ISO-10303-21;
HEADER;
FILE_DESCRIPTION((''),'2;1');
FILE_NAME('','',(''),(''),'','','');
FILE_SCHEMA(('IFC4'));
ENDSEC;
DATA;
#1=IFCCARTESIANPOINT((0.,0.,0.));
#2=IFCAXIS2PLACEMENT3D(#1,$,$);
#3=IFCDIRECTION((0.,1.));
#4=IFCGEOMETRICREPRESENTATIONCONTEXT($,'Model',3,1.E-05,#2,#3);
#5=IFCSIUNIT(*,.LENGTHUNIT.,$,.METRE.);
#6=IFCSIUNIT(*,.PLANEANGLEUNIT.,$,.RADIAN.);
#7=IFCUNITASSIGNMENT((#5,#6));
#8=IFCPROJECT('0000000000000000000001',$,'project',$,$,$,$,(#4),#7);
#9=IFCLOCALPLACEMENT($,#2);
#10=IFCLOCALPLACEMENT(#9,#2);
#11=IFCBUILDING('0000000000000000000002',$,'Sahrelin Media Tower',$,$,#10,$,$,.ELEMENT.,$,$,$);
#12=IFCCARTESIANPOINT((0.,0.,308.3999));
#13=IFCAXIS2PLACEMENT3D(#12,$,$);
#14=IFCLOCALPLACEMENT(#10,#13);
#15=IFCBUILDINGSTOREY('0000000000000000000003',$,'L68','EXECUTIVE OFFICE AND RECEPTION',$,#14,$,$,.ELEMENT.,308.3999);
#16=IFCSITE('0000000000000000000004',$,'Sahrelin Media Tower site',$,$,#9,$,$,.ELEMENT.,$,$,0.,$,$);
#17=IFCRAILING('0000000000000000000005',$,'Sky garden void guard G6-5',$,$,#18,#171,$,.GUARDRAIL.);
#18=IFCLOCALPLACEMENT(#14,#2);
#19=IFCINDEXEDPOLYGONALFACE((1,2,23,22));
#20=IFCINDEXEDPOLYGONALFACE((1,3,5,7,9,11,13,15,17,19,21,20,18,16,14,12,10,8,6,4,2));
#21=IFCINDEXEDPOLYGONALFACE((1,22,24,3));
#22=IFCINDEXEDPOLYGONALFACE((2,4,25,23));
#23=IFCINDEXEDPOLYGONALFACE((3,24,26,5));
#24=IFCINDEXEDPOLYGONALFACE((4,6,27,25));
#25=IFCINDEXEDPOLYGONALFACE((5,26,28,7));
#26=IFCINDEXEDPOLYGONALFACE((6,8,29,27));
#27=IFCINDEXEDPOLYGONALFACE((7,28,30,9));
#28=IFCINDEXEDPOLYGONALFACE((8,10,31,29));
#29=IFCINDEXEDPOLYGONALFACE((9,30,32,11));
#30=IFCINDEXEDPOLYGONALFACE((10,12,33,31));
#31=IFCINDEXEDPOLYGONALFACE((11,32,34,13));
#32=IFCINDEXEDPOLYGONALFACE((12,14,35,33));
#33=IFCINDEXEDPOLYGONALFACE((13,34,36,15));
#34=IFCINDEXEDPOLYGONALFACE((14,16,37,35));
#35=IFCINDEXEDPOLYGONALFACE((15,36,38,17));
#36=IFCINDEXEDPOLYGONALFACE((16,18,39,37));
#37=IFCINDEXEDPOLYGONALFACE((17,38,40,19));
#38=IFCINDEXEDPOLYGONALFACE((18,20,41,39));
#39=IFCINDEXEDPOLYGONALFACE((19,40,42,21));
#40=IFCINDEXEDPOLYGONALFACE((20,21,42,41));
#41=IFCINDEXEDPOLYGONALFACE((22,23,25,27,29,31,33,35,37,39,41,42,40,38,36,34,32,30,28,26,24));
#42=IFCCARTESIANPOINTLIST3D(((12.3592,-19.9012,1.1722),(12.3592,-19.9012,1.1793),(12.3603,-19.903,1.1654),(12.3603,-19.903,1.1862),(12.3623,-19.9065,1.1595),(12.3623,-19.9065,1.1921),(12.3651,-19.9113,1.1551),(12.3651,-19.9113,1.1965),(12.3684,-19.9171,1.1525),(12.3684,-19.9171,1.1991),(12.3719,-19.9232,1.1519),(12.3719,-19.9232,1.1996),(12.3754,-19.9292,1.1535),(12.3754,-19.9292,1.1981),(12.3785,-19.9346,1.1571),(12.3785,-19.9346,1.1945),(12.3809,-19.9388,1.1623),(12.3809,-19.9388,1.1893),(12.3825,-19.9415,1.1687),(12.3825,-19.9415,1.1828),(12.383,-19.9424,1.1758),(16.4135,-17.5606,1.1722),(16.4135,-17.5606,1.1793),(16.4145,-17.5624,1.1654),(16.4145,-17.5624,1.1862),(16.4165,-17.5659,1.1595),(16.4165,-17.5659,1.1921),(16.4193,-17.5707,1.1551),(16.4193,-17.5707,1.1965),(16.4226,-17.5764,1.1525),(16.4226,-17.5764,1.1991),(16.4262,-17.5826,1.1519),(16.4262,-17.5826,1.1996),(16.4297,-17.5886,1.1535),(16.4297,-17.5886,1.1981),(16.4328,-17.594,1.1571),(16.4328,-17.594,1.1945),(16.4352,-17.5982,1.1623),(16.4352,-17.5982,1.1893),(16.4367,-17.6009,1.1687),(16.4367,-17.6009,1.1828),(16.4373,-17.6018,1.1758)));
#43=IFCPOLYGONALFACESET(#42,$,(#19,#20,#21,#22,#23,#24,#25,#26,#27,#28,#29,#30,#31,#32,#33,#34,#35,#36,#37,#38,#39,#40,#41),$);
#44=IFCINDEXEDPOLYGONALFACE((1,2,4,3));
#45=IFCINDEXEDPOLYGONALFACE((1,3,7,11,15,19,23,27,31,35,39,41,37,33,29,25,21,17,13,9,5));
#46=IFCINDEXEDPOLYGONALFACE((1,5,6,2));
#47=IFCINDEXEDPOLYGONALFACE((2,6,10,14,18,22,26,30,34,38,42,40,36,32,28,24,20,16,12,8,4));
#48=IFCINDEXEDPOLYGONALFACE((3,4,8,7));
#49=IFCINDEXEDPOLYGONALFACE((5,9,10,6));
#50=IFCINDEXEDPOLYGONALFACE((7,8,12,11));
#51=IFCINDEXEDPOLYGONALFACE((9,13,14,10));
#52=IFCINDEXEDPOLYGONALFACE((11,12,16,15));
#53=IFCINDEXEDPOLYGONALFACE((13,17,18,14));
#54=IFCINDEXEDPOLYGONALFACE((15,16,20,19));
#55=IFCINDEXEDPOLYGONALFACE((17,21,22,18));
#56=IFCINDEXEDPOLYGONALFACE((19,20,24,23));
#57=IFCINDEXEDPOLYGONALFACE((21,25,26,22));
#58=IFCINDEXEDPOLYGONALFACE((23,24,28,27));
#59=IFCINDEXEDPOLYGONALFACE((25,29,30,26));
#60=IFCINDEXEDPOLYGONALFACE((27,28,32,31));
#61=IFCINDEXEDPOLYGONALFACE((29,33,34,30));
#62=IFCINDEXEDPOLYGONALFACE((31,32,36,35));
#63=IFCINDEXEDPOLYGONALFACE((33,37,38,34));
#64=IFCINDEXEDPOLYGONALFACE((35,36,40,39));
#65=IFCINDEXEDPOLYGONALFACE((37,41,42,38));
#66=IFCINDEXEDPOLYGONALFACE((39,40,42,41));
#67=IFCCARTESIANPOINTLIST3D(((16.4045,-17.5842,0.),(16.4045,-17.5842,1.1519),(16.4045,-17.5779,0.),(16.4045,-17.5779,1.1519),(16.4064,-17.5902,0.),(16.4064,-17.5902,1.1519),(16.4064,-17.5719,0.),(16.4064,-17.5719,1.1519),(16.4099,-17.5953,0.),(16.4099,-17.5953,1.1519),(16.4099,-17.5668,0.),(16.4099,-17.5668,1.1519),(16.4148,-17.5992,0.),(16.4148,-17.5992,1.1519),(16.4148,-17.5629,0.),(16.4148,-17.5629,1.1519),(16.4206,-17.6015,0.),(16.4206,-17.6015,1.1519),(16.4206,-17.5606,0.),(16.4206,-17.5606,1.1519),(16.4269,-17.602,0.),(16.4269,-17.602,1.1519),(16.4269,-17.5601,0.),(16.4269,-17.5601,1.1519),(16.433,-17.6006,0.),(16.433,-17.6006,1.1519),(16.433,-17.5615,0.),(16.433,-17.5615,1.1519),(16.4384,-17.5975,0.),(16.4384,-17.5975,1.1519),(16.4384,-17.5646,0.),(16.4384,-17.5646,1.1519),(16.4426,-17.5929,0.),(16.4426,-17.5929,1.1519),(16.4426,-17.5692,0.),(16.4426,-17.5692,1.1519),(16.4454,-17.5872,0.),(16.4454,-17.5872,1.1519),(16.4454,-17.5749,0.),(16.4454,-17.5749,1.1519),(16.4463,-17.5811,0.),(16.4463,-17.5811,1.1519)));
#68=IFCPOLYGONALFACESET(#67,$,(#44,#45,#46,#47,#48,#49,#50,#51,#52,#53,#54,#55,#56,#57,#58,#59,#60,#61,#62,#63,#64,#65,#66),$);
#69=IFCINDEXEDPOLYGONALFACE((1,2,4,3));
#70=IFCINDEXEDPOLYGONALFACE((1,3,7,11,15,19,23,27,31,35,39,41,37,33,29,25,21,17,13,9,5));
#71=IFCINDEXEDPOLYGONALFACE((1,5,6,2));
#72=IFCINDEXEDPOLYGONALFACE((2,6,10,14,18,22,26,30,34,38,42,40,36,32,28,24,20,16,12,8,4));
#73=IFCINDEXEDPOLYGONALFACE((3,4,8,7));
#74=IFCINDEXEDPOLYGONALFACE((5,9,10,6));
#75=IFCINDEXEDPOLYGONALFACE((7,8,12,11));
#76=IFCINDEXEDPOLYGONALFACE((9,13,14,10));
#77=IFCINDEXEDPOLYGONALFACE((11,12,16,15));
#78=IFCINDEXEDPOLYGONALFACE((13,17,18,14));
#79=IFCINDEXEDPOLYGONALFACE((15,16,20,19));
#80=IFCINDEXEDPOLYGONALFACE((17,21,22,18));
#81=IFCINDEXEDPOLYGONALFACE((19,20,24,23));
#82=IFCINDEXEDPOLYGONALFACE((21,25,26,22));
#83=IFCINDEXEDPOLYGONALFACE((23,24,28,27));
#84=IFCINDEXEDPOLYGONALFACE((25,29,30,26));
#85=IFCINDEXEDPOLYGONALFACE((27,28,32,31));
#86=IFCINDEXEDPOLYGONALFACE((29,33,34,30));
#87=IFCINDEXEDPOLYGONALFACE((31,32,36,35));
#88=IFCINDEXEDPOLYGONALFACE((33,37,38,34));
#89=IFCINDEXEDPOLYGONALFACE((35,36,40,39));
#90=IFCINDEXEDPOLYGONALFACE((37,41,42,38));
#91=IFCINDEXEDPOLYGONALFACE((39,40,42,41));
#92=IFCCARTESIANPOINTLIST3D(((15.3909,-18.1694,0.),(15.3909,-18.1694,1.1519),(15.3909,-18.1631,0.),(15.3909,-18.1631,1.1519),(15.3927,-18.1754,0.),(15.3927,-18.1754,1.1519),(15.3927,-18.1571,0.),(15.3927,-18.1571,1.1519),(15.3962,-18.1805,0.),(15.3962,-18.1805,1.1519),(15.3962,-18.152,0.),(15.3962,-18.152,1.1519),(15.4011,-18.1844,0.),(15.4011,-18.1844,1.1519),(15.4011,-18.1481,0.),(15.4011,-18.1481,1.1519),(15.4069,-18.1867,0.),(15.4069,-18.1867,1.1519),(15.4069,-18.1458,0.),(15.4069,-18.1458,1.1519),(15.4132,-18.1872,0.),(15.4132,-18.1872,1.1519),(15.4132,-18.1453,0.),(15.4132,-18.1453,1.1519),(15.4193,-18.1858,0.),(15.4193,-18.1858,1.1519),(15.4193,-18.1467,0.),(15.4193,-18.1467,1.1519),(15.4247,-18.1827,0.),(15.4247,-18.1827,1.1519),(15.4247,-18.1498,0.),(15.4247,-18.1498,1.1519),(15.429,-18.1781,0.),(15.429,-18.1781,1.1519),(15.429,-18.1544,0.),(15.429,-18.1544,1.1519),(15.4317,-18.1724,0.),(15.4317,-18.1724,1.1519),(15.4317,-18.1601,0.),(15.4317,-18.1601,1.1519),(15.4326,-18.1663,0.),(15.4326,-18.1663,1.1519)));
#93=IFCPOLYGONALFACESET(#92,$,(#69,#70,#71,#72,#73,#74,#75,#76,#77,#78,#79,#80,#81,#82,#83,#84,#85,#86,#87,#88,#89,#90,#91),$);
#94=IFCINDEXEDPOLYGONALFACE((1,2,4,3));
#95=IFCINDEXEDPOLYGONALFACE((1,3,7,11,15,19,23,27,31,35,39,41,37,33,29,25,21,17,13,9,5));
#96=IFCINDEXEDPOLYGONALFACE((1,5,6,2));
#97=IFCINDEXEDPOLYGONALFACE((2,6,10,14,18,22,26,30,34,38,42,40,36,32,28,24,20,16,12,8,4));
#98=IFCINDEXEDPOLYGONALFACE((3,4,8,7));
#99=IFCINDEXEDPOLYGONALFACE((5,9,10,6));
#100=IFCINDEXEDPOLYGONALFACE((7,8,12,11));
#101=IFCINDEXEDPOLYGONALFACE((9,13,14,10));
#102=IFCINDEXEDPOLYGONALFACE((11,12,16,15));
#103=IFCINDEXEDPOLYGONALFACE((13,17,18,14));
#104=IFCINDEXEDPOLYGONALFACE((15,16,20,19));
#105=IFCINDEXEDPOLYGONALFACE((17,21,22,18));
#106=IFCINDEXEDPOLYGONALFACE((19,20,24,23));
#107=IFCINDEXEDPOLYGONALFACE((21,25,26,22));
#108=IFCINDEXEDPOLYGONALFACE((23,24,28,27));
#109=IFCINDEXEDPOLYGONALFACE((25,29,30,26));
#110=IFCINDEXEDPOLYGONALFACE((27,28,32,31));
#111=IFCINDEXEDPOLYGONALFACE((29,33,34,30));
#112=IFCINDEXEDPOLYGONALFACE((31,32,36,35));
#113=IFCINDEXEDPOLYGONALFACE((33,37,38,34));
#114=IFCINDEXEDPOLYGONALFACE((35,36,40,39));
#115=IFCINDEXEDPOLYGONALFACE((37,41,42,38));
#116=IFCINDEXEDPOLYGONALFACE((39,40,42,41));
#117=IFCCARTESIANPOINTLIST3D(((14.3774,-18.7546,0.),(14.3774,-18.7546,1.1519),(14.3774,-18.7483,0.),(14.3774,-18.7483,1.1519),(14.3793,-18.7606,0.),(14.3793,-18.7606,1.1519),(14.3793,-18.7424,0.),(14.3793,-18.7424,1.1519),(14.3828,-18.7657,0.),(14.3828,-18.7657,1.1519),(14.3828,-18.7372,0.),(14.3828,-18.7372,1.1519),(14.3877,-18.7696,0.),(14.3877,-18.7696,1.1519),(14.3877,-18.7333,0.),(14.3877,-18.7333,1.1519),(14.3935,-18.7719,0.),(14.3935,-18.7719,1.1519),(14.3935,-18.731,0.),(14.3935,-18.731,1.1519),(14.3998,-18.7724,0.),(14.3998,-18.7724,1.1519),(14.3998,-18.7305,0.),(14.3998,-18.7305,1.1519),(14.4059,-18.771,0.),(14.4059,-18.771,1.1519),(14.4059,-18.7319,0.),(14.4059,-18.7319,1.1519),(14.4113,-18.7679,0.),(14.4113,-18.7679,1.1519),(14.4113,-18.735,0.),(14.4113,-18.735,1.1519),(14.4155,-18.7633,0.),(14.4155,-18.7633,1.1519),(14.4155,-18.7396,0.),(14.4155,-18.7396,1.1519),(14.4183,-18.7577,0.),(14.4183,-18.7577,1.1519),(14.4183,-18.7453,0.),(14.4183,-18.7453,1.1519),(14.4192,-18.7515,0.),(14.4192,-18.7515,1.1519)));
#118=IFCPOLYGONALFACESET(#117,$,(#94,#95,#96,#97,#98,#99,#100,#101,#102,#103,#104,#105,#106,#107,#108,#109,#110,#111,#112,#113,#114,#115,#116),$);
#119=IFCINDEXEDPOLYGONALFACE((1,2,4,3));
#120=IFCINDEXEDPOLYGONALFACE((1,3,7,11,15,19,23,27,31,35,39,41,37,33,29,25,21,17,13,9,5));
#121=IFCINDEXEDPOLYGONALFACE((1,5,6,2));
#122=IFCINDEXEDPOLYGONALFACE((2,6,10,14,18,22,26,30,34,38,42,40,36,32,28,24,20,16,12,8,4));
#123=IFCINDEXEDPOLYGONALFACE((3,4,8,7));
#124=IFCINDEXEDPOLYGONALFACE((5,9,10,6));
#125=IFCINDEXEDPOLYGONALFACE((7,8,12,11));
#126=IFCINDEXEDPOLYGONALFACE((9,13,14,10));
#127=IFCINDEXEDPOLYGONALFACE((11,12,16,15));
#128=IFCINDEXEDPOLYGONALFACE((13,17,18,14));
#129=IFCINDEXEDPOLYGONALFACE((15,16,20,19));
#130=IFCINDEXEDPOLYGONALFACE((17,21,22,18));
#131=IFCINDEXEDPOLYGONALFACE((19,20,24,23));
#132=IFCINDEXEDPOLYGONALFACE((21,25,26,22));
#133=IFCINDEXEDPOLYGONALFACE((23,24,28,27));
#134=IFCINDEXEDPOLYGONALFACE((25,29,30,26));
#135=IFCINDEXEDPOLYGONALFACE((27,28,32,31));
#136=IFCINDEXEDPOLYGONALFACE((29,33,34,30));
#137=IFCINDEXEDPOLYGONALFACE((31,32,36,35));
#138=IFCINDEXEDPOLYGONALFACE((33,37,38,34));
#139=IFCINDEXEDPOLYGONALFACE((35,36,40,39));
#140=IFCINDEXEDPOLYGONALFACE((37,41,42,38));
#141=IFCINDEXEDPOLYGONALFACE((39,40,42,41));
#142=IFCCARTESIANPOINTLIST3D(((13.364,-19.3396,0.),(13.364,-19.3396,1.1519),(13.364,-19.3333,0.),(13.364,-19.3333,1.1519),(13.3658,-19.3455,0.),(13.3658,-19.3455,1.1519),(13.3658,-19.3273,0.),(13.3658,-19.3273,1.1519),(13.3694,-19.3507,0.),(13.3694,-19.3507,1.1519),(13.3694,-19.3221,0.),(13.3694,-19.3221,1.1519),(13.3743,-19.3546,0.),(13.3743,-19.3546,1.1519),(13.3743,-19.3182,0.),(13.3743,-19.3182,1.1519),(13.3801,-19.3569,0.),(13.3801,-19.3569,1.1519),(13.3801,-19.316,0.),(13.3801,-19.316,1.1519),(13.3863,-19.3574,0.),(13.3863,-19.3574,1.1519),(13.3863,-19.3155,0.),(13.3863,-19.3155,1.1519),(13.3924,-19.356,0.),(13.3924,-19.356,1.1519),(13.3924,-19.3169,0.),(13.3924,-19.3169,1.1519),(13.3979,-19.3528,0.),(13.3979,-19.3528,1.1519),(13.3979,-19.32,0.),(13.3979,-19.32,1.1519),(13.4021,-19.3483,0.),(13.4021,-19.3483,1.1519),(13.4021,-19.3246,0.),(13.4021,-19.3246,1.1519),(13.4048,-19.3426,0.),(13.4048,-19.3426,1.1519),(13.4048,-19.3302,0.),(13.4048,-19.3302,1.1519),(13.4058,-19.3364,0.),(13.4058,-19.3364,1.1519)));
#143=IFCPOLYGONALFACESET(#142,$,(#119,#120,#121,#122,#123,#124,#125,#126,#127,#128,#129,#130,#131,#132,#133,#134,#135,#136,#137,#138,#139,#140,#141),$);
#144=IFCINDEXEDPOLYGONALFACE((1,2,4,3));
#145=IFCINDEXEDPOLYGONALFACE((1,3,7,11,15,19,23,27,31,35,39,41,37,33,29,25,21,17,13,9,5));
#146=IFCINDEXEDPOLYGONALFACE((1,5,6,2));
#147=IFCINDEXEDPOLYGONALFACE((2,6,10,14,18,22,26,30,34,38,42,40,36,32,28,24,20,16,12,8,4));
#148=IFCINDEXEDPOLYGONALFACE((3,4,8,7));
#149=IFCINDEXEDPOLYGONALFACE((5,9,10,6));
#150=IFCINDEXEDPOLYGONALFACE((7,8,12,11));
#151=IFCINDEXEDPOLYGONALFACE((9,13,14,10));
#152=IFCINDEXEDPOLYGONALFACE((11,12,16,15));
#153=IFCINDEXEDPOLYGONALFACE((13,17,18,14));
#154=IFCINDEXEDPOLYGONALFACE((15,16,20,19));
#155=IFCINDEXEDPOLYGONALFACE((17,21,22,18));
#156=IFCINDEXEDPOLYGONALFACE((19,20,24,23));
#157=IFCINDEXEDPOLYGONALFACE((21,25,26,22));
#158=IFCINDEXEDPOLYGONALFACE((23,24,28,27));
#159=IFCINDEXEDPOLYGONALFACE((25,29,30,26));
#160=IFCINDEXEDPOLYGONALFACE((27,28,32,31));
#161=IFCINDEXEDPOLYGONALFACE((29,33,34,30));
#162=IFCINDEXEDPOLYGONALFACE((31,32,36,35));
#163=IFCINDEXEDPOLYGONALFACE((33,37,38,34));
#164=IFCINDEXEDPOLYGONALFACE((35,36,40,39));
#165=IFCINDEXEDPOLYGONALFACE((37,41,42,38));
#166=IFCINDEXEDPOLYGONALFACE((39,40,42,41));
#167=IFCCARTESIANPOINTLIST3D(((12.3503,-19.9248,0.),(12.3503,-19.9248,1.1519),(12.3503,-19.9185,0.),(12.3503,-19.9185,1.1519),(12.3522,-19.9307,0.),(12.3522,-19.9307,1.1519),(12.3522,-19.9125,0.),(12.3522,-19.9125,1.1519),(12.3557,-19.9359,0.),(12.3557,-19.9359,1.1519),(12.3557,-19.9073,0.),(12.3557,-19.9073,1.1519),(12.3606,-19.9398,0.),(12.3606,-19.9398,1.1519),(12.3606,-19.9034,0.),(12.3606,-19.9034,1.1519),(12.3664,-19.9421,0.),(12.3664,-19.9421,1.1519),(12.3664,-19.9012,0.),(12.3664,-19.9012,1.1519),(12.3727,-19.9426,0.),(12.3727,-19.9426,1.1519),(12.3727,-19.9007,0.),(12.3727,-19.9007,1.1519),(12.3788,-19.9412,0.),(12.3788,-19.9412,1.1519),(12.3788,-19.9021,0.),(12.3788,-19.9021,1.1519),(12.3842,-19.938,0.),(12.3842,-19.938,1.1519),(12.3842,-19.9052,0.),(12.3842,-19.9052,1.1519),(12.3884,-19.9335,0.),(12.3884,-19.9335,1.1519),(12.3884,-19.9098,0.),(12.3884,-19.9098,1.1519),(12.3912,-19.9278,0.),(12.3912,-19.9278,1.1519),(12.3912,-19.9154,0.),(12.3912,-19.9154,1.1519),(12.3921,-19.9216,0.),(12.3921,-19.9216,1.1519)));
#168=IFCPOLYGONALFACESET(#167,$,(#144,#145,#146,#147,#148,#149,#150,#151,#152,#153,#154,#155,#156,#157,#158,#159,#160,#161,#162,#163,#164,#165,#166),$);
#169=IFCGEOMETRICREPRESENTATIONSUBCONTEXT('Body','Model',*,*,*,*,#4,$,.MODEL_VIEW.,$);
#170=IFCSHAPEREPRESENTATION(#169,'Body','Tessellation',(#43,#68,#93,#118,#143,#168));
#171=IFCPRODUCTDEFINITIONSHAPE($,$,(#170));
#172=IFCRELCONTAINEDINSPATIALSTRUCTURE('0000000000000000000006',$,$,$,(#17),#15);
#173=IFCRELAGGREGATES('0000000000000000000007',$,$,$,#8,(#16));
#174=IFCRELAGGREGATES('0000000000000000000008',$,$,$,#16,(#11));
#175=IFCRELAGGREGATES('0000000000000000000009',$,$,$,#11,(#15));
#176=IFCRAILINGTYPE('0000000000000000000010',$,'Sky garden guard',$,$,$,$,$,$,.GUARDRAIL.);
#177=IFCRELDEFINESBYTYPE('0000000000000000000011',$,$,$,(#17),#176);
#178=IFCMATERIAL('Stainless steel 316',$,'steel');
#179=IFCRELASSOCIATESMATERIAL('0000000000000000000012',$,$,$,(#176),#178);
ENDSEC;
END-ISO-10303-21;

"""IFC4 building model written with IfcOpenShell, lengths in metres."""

from ifc_helpers import new_model, si_unit, direction, frame, origin, origin_2d, place, context, subcontext, project, spatial, circle, extrude, material, type_object, element, save


model = new_model("IFC4")

# Units and contexts
model_context = context("Model", 3, precision=1e-05, world=origin(), true_north=direction((0.0, 1.0)))
body_context = subcontext(model_context, "Body", "Model", "MODEL_VIEW")
ifc_project = project(units=[si_unit("LENGTHUNIT", "METRE"), si_unit("PLANEANGLEUNIT", "RADIAN")], contexts=[model_context])

# Site, building, storey
site_placement = place(None, origin())
site = spatial("IfcSite", under=ifc_project, at=site_placement, Name="Sahrelin Media Tower site", CompositionType="ELEMENT", RefElevation=0.0)
building_placement = place(site_placement, origin())
building = spatial("IfcBuilding", under=site, at=building_placement, Name="Sahrelin Media Tower", CompositionType="ELEMENT")
storey_placement = place(building_placement, frame((0.0, 0.0, 308.3999)))
storey = spatial("IfcBuildingStorey", under=building, at=storey_placement, Name="L68", Description="EXECUTIVE OFFICE AND RECEPTION", CompositionType="ELEMENT", Elevation=308.3999)

# Railing
ifc_material_1 = material(Name="Stainless steel 316", Category="steel")
railing_type = type_object("IfcRailingType", Name="Sky garden guard", PredefinedType="GUARDRAIL", material=ifc_material_1)
railing_1_placement = place(storey_placement, frame((16.4253, -17.5811, 0.0)))
element("IfcRailing", 1, at=railing_1_placement, inside=storey, type_object=railing_type, Name="Sky garden void guard G6-5", PredefinedType="GUARDRAIL", context=body_context, shape_type="SweptSolid", body=[
    extrude(circle(Radius=0.0239, at=origin_2d()), frame((0.0, 0.0, 1.1758), z_axis=(-0.866036, -0.499981, 0.0), x_axis=(0.499981, -0.866036, 0.0)), (0.0, 0.0, 1.0), 4.6814),
    extrude(circle(Radius=0.021, at=origin_2d()), origin(), (0.0, 0.0, 1.0), 1.1519),
    extrude(circle(Radius=0.021, at=origin_2d()), frame((-1.0137, -0.5852, 0.0)), (0.0, 0.0, 1.0), 1.1519),
    extrude(circle(Radius=0.021, at=origin_2d()), frame((-2.0271, -1.1704, 0.0)), (0.0, 0.0, 1.0), 1.1519),
    extrude(circle(Radius=0.021, at=origin_2d()), frame((-3.0405, -1.7554, 0.0)), (0.0, 0.0, 1.0), 1.1519),
    extrude(circle(Radius=0.021, at=origin_2d()), frame((-4.0542, -2.3406, 0.0)), (0.0, 0.0, 1.0), 1.1519),
])

save(model, "model.ifc")
